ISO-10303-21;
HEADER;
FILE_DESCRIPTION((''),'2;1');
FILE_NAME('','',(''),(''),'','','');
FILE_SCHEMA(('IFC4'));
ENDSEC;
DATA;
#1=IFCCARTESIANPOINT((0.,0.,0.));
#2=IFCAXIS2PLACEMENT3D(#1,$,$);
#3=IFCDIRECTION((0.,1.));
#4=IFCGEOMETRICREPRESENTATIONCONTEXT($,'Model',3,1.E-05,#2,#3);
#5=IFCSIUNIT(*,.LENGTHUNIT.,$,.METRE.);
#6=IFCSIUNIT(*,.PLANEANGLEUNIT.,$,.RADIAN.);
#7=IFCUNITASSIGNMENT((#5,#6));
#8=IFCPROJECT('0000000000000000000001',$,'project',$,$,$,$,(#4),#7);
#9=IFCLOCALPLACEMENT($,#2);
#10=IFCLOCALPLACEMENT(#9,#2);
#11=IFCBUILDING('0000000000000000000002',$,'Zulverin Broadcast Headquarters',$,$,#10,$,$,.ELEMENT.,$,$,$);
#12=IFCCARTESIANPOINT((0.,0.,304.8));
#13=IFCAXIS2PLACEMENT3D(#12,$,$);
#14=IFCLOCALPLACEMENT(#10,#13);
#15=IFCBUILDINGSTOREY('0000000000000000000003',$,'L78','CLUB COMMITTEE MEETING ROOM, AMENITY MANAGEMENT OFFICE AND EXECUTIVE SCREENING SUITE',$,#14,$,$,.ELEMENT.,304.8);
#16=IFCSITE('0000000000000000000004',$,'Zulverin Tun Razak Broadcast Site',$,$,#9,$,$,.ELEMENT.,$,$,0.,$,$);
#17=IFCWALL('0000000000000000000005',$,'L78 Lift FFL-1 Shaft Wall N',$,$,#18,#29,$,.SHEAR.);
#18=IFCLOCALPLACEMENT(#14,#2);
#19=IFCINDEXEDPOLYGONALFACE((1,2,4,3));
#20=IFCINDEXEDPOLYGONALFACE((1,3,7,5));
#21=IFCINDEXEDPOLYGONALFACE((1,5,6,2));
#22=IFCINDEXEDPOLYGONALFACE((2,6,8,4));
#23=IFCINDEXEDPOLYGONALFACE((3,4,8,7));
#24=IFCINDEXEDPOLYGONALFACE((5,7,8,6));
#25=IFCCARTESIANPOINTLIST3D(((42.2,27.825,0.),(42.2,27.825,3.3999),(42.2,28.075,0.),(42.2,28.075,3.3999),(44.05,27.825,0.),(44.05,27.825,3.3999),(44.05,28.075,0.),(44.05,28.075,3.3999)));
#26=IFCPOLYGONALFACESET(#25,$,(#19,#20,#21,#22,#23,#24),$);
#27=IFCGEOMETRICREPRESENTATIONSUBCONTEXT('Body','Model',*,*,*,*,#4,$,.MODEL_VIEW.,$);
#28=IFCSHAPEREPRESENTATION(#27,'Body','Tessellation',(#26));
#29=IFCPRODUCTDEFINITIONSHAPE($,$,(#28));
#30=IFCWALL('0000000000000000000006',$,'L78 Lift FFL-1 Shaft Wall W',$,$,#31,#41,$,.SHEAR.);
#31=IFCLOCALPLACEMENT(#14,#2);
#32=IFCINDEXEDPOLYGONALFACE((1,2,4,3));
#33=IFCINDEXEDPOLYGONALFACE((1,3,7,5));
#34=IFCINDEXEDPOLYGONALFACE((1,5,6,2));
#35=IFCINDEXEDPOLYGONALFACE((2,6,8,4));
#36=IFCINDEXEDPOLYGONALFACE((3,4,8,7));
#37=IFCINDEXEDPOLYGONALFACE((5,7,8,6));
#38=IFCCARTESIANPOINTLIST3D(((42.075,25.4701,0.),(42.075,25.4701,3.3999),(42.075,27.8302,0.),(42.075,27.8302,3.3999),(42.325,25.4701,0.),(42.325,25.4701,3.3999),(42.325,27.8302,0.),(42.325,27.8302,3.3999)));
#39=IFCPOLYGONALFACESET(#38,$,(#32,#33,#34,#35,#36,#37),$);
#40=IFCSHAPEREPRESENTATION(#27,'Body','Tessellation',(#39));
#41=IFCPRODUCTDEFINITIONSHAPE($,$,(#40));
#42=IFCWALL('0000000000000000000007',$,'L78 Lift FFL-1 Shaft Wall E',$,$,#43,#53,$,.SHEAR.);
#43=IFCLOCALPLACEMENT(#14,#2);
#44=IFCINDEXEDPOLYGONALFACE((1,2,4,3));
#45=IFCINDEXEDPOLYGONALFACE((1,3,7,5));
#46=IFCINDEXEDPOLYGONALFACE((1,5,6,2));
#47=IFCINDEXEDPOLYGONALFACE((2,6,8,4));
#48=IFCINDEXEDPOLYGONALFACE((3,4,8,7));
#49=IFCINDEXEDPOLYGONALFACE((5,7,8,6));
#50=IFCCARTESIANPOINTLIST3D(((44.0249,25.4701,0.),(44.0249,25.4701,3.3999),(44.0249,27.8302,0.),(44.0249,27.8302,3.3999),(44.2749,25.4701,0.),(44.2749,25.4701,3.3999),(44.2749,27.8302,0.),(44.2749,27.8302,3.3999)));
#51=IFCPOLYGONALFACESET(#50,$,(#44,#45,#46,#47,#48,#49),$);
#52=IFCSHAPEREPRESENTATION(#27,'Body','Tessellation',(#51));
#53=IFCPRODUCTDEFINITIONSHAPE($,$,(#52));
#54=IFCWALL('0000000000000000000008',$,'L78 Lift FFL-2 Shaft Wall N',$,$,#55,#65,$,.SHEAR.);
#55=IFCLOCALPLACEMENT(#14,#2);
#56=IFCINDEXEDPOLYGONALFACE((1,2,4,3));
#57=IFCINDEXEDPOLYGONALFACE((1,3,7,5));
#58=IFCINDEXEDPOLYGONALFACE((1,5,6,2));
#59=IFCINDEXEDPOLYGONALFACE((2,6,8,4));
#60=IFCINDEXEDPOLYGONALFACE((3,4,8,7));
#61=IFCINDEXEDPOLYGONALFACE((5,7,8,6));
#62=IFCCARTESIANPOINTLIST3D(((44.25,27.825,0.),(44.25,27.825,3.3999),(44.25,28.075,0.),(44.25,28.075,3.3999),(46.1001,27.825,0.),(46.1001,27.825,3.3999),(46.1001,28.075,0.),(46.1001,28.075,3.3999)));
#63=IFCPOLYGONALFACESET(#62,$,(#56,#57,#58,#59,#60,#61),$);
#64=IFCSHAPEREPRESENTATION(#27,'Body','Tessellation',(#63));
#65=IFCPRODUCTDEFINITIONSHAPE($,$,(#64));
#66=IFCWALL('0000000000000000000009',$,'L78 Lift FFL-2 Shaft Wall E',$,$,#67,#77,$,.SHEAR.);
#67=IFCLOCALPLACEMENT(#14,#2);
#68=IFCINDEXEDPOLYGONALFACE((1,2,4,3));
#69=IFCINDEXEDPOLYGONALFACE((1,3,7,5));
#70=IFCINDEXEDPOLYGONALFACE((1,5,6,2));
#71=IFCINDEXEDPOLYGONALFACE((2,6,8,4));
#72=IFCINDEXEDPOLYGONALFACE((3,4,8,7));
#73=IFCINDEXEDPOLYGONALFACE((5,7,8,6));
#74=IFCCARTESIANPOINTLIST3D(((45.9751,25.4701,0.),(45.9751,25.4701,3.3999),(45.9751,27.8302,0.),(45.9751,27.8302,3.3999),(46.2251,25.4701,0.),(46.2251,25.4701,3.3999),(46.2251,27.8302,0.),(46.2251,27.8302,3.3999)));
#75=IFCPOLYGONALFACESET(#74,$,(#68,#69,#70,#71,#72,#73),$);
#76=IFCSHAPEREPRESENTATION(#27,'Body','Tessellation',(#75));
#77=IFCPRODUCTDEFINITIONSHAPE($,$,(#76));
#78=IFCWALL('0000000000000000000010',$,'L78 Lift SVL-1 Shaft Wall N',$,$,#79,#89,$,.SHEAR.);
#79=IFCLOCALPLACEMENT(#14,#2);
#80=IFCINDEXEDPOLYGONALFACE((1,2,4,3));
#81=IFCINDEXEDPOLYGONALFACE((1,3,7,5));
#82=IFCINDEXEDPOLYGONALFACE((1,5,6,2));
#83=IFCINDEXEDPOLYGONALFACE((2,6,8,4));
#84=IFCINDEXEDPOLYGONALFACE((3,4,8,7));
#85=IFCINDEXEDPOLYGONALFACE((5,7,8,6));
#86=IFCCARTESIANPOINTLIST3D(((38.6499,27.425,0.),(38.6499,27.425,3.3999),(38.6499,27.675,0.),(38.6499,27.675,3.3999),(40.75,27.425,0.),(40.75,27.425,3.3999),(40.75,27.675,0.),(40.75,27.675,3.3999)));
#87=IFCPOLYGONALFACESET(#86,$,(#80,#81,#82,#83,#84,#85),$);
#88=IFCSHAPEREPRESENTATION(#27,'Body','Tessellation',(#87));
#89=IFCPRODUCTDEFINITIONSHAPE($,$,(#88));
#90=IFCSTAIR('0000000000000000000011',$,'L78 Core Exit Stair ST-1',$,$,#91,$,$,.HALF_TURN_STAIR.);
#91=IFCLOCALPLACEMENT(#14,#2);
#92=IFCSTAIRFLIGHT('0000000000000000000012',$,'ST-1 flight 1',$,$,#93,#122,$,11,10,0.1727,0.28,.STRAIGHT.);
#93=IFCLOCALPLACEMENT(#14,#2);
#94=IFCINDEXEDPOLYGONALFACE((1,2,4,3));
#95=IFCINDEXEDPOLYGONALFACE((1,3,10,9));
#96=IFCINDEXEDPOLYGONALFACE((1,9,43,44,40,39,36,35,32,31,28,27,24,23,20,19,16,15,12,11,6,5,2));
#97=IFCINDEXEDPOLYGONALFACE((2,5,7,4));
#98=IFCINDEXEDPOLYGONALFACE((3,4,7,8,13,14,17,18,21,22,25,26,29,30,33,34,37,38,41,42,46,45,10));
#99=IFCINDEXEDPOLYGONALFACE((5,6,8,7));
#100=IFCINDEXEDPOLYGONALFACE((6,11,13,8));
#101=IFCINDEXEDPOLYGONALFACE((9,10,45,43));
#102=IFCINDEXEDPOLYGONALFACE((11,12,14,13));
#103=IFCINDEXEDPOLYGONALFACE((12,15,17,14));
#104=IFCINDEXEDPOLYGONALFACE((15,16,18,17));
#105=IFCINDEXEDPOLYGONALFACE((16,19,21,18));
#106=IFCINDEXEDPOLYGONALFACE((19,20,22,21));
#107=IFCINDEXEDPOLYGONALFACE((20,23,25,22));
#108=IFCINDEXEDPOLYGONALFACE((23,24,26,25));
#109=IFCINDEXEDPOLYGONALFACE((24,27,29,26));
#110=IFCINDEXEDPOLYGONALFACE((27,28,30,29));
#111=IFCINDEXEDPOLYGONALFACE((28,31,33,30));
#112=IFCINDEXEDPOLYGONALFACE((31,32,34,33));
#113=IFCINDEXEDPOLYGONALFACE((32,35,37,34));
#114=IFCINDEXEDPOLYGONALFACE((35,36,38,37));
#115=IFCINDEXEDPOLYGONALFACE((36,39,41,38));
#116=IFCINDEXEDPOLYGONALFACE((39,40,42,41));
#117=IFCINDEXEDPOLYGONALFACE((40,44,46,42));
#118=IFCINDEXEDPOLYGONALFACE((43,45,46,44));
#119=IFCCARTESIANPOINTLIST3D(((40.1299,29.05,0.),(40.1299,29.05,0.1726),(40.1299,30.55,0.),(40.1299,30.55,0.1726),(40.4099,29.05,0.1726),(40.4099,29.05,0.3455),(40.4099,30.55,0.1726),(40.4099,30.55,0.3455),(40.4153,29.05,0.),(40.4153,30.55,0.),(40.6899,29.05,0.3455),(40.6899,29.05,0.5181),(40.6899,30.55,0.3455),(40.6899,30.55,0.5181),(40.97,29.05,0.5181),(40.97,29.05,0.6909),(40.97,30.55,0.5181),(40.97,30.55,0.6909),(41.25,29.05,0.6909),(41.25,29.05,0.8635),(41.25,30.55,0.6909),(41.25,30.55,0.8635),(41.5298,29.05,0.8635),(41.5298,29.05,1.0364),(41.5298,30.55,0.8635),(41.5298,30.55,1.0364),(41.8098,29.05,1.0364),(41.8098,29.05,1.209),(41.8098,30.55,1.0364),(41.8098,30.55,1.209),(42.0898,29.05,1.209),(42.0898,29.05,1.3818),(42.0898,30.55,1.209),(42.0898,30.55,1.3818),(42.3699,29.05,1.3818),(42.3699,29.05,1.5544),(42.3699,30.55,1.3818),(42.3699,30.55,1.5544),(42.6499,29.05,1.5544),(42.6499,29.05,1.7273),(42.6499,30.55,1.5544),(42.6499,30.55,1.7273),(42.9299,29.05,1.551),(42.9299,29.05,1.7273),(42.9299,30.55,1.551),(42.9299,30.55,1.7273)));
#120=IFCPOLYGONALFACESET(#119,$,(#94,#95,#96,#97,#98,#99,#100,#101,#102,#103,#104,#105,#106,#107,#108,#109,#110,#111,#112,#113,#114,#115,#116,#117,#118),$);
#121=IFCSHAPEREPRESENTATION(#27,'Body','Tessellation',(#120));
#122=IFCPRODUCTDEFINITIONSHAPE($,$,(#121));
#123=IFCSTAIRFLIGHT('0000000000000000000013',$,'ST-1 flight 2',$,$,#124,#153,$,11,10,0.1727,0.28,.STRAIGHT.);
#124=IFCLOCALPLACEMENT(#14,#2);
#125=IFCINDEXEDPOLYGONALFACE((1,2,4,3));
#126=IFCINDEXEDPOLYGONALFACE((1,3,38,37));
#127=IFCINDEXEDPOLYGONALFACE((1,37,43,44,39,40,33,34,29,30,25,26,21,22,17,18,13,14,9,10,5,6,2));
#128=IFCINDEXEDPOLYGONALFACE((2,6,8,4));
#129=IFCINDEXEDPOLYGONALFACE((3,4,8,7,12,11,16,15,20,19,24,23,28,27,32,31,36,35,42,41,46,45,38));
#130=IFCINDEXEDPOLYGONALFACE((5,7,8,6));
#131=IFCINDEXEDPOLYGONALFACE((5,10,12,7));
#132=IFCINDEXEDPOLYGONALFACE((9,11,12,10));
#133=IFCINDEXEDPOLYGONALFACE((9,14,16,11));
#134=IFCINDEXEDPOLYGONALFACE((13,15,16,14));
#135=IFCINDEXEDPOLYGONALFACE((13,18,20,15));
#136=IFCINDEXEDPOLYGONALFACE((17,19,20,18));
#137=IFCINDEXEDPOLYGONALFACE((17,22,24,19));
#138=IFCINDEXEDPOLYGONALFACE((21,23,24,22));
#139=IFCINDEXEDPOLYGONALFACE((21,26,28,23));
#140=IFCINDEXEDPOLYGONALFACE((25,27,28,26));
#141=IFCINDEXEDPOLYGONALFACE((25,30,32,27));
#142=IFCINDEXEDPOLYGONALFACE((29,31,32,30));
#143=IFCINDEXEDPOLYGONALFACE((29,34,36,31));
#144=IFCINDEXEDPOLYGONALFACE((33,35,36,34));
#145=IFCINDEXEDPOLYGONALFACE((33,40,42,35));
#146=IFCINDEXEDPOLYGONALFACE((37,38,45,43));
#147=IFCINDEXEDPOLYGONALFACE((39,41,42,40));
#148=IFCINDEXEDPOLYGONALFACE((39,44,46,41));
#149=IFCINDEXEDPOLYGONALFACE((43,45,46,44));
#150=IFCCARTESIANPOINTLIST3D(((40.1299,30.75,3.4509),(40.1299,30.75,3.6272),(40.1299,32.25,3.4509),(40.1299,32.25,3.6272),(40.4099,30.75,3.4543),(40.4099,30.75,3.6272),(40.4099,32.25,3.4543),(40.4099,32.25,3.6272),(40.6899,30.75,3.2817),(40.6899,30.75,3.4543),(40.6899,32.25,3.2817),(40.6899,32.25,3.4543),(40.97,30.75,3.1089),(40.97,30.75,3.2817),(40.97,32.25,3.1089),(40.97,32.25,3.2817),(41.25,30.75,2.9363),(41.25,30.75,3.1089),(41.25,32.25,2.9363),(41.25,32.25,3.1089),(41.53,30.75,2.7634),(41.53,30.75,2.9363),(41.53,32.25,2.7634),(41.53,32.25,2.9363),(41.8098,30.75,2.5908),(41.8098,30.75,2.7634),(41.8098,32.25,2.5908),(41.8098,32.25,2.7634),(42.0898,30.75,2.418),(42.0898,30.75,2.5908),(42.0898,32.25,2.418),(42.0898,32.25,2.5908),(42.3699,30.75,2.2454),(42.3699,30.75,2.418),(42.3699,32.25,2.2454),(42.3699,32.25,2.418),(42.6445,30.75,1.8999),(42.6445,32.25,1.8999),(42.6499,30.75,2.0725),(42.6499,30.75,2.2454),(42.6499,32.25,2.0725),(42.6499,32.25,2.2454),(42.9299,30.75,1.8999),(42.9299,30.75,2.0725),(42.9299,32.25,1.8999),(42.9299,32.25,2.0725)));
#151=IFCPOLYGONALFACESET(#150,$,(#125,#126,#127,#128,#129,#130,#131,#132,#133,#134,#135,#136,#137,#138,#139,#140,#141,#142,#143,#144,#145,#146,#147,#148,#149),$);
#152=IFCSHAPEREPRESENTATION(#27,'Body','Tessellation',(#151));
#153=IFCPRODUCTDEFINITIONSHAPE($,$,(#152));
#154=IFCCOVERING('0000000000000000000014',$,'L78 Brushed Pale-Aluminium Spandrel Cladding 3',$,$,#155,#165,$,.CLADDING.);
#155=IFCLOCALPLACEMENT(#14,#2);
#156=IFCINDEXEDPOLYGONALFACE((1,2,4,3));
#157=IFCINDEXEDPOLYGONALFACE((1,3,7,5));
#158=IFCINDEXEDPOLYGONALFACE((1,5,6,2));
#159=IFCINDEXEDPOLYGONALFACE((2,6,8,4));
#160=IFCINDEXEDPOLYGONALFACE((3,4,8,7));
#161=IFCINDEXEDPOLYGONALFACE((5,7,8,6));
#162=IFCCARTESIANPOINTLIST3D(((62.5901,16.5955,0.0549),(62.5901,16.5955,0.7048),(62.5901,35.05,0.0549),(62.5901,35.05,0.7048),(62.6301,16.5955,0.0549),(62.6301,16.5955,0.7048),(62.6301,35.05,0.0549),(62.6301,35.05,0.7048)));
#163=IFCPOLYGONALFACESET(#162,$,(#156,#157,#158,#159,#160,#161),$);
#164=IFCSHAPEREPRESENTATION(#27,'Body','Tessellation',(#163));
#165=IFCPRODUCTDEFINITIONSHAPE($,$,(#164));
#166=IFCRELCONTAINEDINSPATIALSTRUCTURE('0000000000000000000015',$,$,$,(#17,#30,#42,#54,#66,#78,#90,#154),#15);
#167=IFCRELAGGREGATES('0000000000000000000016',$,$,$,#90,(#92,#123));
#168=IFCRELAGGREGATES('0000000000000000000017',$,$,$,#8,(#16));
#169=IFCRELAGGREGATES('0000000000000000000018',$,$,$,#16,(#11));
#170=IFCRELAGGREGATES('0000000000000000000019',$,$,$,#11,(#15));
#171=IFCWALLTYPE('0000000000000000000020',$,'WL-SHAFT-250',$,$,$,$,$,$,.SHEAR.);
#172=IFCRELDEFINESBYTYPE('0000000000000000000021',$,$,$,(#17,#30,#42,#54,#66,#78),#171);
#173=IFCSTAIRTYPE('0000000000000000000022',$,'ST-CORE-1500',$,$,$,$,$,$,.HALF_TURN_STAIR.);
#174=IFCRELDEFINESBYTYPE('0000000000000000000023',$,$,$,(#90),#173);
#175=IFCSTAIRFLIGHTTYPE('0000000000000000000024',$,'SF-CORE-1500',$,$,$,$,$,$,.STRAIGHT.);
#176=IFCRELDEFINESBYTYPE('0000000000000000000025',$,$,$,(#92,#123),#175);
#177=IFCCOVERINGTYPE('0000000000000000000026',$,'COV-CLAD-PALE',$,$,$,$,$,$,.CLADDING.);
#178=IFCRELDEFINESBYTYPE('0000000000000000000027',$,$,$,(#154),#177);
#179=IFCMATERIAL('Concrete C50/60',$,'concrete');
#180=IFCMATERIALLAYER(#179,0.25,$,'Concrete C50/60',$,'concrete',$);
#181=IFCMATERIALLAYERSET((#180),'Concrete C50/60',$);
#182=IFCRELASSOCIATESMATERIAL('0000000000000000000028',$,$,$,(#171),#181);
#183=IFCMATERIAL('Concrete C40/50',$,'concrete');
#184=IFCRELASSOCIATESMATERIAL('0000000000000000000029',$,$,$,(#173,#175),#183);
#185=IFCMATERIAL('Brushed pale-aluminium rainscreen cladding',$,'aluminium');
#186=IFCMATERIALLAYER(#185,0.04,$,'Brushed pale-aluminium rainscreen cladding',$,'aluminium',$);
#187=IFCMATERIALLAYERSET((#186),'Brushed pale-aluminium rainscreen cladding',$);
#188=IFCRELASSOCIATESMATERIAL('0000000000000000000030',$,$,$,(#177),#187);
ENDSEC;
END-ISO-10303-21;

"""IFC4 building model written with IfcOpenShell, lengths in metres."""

from ifc_helpers import new_model, si_unit, direction, frame, frame_2d, origin, origin_2d, place, context, subcontext, project, spatial, polyline, rectangle, outline, extrude, material, layer, layer_set, type_object, element, aggregate, save


model = new_model("IFC4")

# Units and contexts
model_context = context("Model", 3, precision=1e-05, world=origin(), true_north=direction((0.0, 1.0)))
body_context = subcontext(model_context, "Body", "Model", "MODEL_VIEW")
ifc_project = project(units=[si_unit("LENGTHUNIT", "METRE"), si_unit("PLANEANGLEUNIT", "RADIAN")], contexts=[model_context])

# Site, building, storey
site_placement = place(None, origin())
site = spatial("IfcSite", under=ifc_project, at=site_placement, Name="Zulverin Tun Razak Broadcast Site", CompositionType="ELEMENT", RefElevation=0.0)
building_placement = place(site_placement, origin())
building = spatial("IfcBuilding", under=site, at=building_placement, Name="Zulverin Broadcast Headquarters", CompositionType="ELEMENT")
storey_placement = place(building_placement, frame((0.0, 0.0, 304.8)))
storey = spatial("IfcBuildingStorey", under=building, at=storey_placement, Name="L78", Description="CLUB COMMITTEE MEETING ROOM, AMENITY MANAGEMENT OFFICE AND EXECUTIVE SCREENING SUITE", CompositionType="ELEMENT", Elevation=304.8)

# Shared definitions
ifc_material_1 = material(Name="Concrete C50/60", Category="concrete")

# Shared definitions
ifc_layer_1 = layer(ifc_material_1, 0.25, Name="Concrete C50/60", Category="concrete")
ifc_layer_set_1 = layer_set([ifc_layer_1], Name="Concrete C50/60")
wall_type_1 = type_object("IfcWallType", Name="WL-SHAFT-250", PredefinedType="SHEAR", material=ifc_layer_set_1)

# Walls
wall_1_placement = place(storey_placement, frame((42.2, 27.95, 0.0), z_axis=(0.0, 0.0, 1.0), x_axis=(1.0, 0.0, 0.0)))
element("IfcWall", 1, at=wall_1_placement, inside=storey, type_object=wall_type_1, Name="L78 Lift FFL-1 Shaft Wall N", PredefinedType="SHEAR", context=body_context, shape_type="SweptSolid", body=[
    extrude(rectangle(XDim=1.8501, YDim=0.25, at=frame_2d((0.925, 0.0))), origin(), (0.0, 0.0, 1.0), 3.3999),
])
for number, where, z_axis, x_axis, name in (
    (2, (42.2, 25.47, 0.0), (0.0, 0.0, 1.0), (0.0, 1.0, 0.0), "L78 Lift FFL-1 Shaft Wall W"),
    (3, (44.1499, 25.47, 0.0), (0.0, 0.0, 1.0), (0.0, 1.0, 0.0), "L78 Lift FFL-1 Shaft Wall E"),
):
    element("IfcWall", number, at=place(storey_placement, frame(where, z_axis=z_axis, x_axis=x_axis)), inside=storey, type_object=wall_type_1, Name=name, PredefinedType="SHEAR", context=body_context, shape_type="SweptSolid", body=[
        extrude(rectangle(XDim=2.3601, YDim=0.25, at=frame_2d((1.1802, 0.0))), origin(), (0.0, 0.0, 1.0), 3.3999),
    ])
wall_2_placement = place(storey_placement, frame((44.25, 27.95, 0.0), z_axis=(0.0, 0.0, 1.0), x_axis=(1.0, 0.0, 0.0)))
element("IfcWall", 4, at=wall_2_placement, inside=storey, type_object=wall_type_1, Name="L78 Lift FFL-2 Shaft Wall N", PredefinedType="SHEAR", context=body_context, shape_type="SweptSolid", body=[
    extrude(rectangle(XDim=1.8501, YDim=0.25, at=frame_2d((0.925, 0.0))), origin(), (0.0, 0.0, 1.0), 3.3999),
])
wall_3_placement = place(storey_placement, frame((46.1001, 25.47, 0.0), z_axis=(0.0, 0.0, 1.0), x_axis=(0.0, 1.0, 0.0)))
element("IfcWall", 5, at=wall_3_placement, inside=storey, type_object=wall_type_1, Name="L78 Lift FFL-2 Shaft Wall E", PredefinedType="SHEAR", context=body_context, shape_type="SweptSolid", body=[
    extrude(rectangle(XDim=2.3601, YDim=0.25, at=frame_2d((1.1802, 0.0))), origin(), (0.0, 0.0, 1.0), 3.3999),
])
wall_4_placement = place(storey_placement, frame((38.6499, 27.55, 0.0), z_axis=(0.0, 0.0, 1.0), x_axis=(1.0, 0.0, 0.0)))
element("IfcWall", 6, at=wall_4_placement, inside=storey, type_object=wall_type_1, Name="L78 Lift SVL-1 Shaft Wall N", PredefinedType="SHEAR", context=body_context, shape_type="SweptSolid", body=[
    extrude(rectangle(XDim=2.1001, YDim=0.25, at=frame_2d((1.05, 0.0))), origin(), (0.0, 0.0, 1.0), 3.3999),
])

# Stair, stair flights
ifc_material_2 = material(Name="Concrete C40/50", Category="concrete")
stair_type = type_object("IfcStairType", Name="ST-CORE-1500", PredefinedType="HALF_TURN_STAIR", material=ifc_material_2)
stair_placement = place(storey_placement, origin())
stair = element("IfcStair", 7, at=stair_placement, inside=storey, type_object=stair_type, Name="L78 Core Exit Stair ST-1", PredefinedType="HALF_TURN_STAIR")
stair_flight_type = type_object("IfcStairFlightType", Name="SF-CORE-1500", PredefinedType="STRAIGHT", material=ifc_material_2)
stair_flight_1_placement = place(storey_placement, frame((40.1299, 29.8, 0.0), z_axis=(0.0, 0.0, 1.0), x_axis=(1.0, 0.0, 0.0)))
stair_flight_1 = element("IfcStairFlight", 8, at=stair_flight_1_placement, type_object=stair_flight_type, Name="ST-1 flight 1", NumberOfRisers=11, NumberOfTreads=10, PredefinedType="STRAIGHT", RiserHeight=0.1727, TreadLength=0.28, context=body_context, shape_type="SweptSolid", body=[
    extrude(outline(polyline([(0.0, 0.0), (0.0, 0.1726), (0.28, 0.1726), (0.28, 0.3455), (0.5601, 0.3455), (0.5601, 0.5181), (0.8401, 0.5181), (0.8401, 0.6909), (1.1201, 0.6909), (1.1201, 0.8635), (1.3999, 0.8635), (1.3999, 1.0364), (1.6799, 1.0364), (1.6799, 1.209), (1.96, 1.209), (1.96, 1.3818), (2.24, 1.3818), (2.24, 1.5544), (2.52, 1.5544), (2.52, 1.7273), (2.8, 1.7273), (2.8, 1.8999), (2.8, 1.551), (0.2854, 0.0), (0.0, 0.0)])), frame((0.0, 0.75, 0.0), z_axis=(0.0, -1.0, 0.0), x_axis=(1.0, 0.0, 0.0)), (0.0, 0.0, 1.0), 1.5),
])
stair_flight_2_placement = place(storey_placement, frame((42.9299, 31.5, 1.8999), z_axis=(0.0, 0.0, 1.0), x_axis=(-1.0, 0.0, 0.0)))
stair_flight_2 = element("IfcStairFlight", 9, at=stair_flight_2_placement, type_object=stair_flight_type, Name="ST-1 flight 2", NumberOfRisers=11, NumberOfTreads=10, PredefinedType="STRAIGHT", RiserHeight=0.1727, TreadLength=0.28, context=body_context, shape_type="SweptSolid", body=[
    extrude(outline(polyline([(0.0, 0.0), (0.0, 0.1726), (0.28, 0.1726), (0.28, 0.3455), (0.5601, 0.3455), (0.5601, 0.5181), (0.8401, 0.5181), (0.8401, 0.6909), (1.1201, 0.6909), (1.1201, 0.8635), (1.3999, 0.8635), (1.3999, 1.0364), (1.6799, 1.0364), (1.6799, 1.209), (1.96, 1.209), (1.96, 1.3818), (2.24, 1.3818), (2.24, 1.5544), (2.52, 1.5544), (2.52, 1.7273), (2.8, 1.7273), (2.8, 1.8999), (2.8, 1.551), (0.2854, 0.0), (0.0, 0.0)])), frame((0.0, 0.75, 0.0), z_axis=(0.0, -1.0, 0.0), x_axis=(1.0, 0.0, 0.0)), (0.0, 0.0, 1.0), 1.5),
])
aggregate(stair, [stair_flight_1, stair_flight_2])

# Covering
ifc_material_3 = material(Name="Brushed pale-aluminium rainscreen cladding", Category="aluminium")
ifc_layer_2 = layer(ifc_material_3, 0.04, Name="Brushed pale-aluminium rainscreen cladding", Category="aluminium")
ifc_layer_set_2 = layer_set([ifc_layer_2], Name="Brushed pale-aluminium rainscreen cladding")
covering_type = type_object("IfcCoveringType", Name="COV-CLAD-PALE", PredefinedType="CLADDING", material=ifc_layer_set_2)
covering_placement = place(storey_placement, frame((62.6101, 25.8228, 0.0549), z_axis=(0.0, 0.0, 1.0), x_axis=(0.0, 1.0, 0.0)))
element("IfcCovering", 10, at=covering_placement, inside=storey, type_object=covering_type, Name="L78 Brushed Pale-Aluminium Spandrel Cladding 3", PredefinedType="CLADDING", context=body_context, shape_type="SweptSolid", body=[
    extrude(rectangle(XDim=18.4546, YDim=0.04, at=origin_2d()), origin(), (0.0, 0.0, 1.0), 0.6499),
])

save(model, "model.ifc")
